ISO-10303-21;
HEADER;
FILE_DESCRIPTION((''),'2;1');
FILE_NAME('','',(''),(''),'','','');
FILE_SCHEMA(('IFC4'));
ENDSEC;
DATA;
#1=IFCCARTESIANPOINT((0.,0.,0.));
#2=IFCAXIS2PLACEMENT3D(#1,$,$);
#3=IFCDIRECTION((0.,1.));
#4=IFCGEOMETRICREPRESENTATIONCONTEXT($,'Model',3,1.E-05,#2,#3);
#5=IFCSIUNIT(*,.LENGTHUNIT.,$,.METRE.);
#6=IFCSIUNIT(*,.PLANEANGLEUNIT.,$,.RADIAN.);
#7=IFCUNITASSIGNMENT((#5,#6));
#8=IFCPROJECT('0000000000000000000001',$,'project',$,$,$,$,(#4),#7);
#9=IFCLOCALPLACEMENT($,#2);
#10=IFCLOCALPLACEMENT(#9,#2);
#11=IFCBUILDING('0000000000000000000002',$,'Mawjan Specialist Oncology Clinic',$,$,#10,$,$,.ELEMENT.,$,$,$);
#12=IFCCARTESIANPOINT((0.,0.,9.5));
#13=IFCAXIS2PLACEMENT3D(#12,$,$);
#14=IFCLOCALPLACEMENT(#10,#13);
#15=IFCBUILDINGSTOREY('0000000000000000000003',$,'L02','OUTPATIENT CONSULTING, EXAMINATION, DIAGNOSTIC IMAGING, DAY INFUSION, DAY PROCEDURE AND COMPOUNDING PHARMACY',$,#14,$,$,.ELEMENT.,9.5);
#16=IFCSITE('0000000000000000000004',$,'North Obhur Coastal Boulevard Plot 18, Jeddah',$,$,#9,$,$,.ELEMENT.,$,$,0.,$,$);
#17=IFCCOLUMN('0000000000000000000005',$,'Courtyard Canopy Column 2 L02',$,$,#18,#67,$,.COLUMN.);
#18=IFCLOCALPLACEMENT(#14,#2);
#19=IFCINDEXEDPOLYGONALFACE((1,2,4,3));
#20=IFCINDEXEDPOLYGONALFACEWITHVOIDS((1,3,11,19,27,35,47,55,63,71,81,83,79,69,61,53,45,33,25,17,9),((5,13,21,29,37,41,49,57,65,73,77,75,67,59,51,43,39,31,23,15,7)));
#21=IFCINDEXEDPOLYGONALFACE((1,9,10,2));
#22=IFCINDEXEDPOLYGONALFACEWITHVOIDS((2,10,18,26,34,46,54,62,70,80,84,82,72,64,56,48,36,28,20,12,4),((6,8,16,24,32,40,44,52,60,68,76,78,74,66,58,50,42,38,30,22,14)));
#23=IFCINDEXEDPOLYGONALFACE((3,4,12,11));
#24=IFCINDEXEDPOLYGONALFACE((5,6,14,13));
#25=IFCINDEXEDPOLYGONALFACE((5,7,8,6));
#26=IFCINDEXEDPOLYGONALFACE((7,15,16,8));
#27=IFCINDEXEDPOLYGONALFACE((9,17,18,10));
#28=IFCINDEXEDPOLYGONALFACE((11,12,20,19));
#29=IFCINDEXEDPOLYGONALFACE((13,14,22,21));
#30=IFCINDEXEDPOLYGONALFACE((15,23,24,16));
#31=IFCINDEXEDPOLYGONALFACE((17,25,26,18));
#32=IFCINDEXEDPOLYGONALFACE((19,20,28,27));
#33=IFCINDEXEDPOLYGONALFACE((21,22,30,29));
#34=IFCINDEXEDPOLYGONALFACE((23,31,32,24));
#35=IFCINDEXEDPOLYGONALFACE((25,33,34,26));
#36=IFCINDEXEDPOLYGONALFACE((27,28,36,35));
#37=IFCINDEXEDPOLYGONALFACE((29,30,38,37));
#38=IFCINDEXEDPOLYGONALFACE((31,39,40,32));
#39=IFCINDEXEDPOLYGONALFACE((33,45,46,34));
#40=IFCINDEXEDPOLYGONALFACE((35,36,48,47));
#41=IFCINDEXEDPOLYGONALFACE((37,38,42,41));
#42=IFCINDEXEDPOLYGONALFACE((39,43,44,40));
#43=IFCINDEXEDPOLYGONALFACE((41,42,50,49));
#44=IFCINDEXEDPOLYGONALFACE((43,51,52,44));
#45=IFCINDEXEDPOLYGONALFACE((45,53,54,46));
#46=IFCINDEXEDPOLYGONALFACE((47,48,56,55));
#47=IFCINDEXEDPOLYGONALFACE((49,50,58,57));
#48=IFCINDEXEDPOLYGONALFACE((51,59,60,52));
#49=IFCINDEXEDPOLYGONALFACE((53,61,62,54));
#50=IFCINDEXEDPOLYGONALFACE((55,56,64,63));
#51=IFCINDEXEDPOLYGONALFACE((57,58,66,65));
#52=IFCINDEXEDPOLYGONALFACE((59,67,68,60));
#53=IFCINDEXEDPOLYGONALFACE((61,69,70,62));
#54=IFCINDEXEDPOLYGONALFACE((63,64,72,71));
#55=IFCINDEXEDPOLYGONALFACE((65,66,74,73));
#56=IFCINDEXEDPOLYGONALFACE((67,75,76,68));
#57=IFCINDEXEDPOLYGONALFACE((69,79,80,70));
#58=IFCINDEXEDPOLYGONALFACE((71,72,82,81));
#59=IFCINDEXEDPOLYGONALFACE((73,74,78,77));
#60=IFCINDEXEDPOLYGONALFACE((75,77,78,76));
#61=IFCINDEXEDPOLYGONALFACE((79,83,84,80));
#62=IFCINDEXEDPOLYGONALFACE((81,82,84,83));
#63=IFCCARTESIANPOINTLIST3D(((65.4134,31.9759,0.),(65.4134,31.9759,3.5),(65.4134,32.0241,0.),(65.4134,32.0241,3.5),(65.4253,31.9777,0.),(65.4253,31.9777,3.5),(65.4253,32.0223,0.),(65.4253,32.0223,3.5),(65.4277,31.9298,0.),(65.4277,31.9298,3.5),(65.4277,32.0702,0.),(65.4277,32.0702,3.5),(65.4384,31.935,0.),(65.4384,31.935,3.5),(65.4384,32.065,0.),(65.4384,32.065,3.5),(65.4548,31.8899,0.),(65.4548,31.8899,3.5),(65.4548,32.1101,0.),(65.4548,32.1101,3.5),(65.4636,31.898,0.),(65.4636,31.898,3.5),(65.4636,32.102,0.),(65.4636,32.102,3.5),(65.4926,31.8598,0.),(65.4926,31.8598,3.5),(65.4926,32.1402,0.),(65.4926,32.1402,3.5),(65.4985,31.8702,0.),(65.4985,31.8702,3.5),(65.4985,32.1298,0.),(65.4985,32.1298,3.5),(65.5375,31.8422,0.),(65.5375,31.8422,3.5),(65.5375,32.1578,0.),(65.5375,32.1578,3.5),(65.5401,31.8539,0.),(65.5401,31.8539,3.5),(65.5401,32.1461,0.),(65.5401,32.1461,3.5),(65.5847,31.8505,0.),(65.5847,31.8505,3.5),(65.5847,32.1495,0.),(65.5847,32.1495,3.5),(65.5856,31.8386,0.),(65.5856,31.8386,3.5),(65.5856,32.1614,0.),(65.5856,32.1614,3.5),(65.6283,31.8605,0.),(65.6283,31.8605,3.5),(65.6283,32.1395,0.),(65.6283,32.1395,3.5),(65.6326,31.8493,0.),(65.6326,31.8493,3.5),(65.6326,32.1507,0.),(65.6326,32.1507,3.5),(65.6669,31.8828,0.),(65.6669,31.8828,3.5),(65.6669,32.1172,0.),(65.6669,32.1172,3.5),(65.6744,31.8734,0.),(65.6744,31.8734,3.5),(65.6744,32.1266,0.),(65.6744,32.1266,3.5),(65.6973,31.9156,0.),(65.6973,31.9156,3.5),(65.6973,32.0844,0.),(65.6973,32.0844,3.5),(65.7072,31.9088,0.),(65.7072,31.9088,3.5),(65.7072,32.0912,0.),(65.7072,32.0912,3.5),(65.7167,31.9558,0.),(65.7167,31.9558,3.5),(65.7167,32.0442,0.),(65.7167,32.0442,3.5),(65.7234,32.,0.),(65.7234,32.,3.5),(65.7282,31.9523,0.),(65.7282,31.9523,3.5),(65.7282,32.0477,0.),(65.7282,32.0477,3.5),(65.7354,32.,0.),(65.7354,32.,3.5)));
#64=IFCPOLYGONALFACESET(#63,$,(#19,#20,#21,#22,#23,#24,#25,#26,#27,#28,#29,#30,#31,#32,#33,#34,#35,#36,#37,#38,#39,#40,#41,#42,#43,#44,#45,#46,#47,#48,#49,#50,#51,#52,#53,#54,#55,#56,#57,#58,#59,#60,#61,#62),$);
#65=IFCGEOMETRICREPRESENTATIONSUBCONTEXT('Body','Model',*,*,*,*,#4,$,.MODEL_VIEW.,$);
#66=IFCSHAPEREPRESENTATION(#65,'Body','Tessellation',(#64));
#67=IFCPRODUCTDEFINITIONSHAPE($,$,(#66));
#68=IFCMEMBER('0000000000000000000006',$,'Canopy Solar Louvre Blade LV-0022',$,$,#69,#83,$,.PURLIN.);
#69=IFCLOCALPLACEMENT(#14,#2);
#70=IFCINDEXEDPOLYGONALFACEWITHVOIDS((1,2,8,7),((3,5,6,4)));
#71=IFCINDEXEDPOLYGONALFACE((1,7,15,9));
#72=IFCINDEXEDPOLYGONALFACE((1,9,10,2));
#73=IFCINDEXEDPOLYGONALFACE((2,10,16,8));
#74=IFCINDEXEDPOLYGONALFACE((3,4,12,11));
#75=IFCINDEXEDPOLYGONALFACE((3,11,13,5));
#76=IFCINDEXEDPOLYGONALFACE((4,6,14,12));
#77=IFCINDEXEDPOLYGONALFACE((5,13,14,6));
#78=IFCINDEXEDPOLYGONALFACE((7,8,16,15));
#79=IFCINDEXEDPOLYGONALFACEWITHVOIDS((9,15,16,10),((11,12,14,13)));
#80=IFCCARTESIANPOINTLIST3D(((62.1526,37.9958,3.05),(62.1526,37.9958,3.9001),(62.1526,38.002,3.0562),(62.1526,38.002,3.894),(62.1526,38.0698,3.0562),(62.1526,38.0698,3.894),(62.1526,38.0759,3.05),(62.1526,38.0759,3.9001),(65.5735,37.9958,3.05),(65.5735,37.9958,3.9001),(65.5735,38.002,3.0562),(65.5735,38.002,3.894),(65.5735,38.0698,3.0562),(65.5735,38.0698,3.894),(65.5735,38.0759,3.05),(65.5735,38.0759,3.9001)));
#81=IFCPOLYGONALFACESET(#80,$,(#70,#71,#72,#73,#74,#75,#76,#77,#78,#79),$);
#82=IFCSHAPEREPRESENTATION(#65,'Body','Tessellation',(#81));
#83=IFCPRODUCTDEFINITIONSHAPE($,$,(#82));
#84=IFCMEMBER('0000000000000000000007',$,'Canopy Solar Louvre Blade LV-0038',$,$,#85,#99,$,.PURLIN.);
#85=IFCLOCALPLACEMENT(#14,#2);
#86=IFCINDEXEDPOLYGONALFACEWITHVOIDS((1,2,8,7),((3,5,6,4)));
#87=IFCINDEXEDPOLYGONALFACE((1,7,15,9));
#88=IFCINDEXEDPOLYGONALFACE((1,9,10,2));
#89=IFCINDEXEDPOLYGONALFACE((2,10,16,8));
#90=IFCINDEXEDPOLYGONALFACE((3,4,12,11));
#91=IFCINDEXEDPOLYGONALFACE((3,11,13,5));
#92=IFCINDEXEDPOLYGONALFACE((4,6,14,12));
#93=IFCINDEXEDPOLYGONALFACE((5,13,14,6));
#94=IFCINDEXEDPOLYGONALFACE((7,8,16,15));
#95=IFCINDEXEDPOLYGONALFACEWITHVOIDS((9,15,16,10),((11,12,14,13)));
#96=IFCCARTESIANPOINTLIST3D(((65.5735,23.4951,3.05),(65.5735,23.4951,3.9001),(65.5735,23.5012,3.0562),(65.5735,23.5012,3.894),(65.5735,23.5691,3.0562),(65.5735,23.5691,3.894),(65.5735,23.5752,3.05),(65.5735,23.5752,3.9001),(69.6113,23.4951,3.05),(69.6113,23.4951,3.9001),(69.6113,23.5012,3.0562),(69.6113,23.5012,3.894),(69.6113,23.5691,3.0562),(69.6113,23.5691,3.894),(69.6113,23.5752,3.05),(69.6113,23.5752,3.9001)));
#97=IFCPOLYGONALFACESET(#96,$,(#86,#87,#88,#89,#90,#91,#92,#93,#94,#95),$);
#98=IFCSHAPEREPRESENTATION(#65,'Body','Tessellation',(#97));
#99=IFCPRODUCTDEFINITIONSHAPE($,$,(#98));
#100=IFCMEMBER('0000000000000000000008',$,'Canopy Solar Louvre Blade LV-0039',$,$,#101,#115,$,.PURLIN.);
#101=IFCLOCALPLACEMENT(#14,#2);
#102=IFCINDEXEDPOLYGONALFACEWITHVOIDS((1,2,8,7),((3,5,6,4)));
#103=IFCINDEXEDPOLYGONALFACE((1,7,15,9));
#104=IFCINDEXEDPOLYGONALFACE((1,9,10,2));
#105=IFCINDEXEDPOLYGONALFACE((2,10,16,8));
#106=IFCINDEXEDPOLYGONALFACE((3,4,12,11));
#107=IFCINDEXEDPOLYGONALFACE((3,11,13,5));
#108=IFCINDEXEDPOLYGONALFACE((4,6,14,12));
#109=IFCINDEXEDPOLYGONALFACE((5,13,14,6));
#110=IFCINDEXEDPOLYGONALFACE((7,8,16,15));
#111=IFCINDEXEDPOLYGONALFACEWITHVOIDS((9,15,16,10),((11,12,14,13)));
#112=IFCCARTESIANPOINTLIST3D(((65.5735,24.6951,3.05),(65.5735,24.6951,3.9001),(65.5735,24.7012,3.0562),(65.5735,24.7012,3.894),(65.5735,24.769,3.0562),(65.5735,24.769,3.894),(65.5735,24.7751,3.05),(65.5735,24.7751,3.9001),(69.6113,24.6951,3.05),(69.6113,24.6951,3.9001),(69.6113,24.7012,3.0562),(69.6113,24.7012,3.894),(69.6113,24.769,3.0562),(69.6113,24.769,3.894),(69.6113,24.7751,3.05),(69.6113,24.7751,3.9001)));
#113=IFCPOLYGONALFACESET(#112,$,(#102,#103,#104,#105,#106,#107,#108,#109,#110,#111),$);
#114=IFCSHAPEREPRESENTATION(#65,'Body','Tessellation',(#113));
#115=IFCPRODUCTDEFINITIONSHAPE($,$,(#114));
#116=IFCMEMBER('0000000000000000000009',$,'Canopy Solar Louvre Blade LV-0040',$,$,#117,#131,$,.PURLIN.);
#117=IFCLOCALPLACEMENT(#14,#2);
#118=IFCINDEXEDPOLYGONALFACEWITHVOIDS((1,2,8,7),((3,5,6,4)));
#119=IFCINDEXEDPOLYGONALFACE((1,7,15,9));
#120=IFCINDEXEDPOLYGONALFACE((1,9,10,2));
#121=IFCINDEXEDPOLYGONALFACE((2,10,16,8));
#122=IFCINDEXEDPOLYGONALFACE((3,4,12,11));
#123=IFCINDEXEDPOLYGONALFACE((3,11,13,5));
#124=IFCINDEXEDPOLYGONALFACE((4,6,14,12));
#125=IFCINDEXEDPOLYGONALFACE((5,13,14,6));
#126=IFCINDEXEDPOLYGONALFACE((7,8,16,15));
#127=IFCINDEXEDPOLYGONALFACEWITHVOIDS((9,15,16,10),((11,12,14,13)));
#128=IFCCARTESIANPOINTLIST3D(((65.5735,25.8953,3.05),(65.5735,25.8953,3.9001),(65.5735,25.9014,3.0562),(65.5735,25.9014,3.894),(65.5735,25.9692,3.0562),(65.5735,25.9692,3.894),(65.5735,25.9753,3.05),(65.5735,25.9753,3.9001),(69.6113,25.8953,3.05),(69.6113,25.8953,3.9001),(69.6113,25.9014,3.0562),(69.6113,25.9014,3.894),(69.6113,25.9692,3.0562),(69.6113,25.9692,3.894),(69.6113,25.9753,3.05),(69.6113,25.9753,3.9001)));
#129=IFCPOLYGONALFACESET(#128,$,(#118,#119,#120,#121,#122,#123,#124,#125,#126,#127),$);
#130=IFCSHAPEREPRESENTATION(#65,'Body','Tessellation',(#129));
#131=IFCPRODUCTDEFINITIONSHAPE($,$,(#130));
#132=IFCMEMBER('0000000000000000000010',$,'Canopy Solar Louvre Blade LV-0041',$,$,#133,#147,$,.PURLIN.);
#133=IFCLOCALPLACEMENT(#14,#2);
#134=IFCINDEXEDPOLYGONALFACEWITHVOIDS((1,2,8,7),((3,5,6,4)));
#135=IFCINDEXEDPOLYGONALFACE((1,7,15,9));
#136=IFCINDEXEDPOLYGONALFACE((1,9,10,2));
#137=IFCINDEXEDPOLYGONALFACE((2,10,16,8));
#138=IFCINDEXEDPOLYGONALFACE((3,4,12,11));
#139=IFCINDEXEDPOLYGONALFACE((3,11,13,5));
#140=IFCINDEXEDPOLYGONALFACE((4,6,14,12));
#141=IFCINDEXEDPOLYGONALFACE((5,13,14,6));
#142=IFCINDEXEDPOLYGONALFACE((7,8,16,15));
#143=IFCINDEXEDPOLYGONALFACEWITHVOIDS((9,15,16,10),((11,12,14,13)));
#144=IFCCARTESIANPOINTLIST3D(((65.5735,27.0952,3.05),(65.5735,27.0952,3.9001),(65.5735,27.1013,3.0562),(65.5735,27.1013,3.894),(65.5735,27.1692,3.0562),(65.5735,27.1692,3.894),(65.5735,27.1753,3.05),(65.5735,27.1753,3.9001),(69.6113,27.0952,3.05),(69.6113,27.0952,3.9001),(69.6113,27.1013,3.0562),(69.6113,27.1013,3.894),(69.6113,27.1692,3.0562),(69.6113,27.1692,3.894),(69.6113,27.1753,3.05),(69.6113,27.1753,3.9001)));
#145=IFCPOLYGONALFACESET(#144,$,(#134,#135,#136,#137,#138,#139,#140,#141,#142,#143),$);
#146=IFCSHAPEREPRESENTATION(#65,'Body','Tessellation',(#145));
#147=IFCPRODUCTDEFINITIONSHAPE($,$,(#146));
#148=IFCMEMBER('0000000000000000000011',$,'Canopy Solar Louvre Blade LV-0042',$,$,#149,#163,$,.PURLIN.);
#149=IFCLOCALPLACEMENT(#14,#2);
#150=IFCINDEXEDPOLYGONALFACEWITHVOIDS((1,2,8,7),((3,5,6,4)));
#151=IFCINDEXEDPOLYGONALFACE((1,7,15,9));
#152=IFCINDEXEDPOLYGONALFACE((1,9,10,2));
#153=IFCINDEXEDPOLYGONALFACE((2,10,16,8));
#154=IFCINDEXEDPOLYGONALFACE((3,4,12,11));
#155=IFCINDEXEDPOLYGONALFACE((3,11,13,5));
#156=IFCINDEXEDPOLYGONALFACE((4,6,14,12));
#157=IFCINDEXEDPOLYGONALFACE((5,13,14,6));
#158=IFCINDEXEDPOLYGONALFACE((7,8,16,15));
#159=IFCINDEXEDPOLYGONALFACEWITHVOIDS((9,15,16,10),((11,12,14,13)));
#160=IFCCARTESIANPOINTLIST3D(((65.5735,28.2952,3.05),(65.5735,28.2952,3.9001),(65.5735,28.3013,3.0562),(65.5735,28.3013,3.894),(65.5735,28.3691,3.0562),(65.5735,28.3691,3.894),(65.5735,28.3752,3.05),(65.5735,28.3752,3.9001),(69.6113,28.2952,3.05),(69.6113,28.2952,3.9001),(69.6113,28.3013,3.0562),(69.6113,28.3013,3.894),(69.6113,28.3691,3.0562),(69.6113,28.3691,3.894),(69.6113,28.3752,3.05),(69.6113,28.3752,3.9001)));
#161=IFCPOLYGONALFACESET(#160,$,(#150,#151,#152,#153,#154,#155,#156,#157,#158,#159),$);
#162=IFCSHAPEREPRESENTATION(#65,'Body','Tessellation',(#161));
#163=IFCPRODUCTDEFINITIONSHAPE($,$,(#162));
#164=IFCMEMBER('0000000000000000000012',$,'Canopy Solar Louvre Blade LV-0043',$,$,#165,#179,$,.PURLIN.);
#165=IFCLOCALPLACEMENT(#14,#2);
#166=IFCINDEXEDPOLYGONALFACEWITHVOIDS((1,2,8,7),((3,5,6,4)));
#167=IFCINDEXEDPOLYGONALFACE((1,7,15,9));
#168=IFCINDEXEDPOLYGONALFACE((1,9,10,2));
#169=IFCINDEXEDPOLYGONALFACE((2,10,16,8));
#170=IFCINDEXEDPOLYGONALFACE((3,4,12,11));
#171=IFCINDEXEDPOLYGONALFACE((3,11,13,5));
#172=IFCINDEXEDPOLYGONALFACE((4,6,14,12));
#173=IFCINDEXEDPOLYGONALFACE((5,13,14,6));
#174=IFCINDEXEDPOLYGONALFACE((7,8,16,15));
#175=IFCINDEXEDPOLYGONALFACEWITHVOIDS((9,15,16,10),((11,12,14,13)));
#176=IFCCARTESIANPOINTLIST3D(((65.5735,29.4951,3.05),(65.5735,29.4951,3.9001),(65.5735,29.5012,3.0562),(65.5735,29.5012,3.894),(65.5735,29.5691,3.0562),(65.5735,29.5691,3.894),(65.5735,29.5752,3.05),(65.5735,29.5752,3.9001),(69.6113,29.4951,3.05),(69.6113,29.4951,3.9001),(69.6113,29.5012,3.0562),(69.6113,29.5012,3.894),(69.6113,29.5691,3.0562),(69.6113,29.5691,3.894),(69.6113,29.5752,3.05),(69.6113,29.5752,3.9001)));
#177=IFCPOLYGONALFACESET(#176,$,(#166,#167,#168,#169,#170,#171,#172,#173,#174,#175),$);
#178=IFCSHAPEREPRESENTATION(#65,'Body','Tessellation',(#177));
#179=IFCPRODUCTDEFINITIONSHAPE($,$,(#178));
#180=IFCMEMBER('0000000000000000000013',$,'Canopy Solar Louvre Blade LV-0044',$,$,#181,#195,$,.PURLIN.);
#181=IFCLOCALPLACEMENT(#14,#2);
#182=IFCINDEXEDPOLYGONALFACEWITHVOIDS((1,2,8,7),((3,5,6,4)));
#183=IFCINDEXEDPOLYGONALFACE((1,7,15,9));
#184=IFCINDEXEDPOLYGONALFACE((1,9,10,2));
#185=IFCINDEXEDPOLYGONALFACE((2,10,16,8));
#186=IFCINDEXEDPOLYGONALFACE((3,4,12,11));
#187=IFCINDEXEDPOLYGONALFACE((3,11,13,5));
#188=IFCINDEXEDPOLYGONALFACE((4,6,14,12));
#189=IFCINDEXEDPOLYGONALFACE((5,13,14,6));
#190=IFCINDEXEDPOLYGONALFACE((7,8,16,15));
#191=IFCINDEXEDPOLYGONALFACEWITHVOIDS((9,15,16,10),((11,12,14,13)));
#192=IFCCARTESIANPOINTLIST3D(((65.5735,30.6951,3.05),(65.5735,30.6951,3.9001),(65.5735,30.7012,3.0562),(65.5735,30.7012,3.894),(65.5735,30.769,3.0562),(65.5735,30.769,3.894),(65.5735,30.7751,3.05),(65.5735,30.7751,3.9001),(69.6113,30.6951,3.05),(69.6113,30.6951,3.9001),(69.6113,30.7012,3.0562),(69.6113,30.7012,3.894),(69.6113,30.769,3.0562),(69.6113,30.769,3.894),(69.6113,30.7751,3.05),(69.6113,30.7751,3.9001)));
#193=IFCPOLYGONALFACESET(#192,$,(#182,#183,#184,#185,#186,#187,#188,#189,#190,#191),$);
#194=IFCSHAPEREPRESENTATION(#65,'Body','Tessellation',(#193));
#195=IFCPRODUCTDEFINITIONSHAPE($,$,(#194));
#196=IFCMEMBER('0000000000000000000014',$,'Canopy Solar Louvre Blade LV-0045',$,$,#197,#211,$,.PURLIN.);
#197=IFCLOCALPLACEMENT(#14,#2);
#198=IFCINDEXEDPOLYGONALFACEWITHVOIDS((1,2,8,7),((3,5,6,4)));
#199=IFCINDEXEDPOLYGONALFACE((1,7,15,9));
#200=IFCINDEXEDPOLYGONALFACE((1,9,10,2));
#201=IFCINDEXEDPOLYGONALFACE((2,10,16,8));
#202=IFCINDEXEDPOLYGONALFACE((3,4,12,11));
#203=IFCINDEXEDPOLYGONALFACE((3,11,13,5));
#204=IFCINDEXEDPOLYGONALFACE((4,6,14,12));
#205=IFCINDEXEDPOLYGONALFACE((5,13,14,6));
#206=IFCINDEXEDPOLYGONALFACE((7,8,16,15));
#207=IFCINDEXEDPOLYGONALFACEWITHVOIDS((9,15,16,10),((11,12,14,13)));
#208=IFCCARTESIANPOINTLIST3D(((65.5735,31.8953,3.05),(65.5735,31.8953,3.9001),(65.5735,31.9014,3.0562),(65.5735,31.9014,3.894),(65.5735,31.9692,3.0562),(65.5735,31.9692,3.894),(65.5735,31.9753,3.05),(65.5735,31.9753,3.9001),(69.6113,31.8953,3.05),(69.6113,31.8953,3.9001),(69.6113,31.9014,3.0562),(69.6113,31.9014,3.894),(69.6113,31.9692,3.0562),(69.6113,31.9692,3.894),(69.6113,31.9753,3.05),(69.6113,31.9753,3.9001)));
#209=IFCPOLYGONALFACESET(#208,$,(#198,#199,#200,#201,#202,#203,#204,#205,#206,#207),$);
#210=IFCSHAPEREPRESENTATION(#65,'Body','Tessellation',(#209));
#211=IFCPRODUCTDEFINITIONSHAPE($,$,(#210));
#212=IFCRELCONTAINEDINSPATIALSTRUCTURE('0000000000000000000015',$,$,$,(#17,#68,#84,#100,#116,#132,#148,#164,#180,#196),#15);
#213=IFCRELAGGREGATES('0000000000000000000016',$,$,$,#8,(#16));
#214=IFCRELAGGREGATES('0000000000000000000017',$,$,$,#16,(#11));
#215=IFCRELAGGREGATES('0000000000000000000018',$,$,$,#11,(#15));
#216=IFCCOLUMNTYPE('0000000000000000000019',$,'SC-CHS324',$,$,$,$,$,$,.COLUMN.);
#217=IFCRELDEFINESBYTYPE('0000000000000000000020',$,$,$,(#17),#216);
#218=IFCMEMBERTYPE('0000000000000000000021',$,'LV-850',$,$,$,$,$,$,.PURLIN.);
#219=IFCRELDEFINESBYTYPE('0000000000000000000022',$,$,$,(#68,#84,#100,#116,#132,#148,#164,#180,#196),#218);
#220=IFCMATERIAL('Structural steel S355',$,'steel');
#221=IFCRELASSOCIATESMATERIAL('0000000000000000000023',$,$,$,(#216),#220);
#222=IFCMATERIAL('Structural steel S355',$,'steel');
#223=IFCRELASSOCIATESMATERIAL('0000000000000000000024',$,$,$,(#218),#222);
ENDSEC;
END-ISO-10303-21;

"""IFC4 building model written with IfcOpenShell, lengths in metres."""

from ifc_helpers import new_model, si_unit, direction, frame, origin, origin_2d, place, context, subcontext, project, spatial, hollow_rectangle, hollow_circle, extrude, material, material_profile, profile_set, type_object, element, save


model = new_model("IFC4")

# Units and contexts
model_context = context("Model", 3, precision=1e-05, world=origin(), true_north=direction((0.0, 1.0)))
body_context = subcontext(model_context, "Body", "Model", "MODEL_VIEW")
ifc_project = project(units=[si_unit("LENGTHUNIT", "METRE"), si_unit("PLANEANGLEUNIT", "RADIAN")], contexts=[model_context])

# Site, building, storey
site_placement = place(None, origin())
site = spatial("IfcSite", under=ifc_project, at=site_placement, Name="North Obhur Coastal Boulevard Plot 18, Jeddah", CompositionType="ELEMENT", RefElevation=0.0)
building_placement = place(site_placement, origin())
building = spatial("IfcBuilding", under=site, at=building_placement, Name="Mawjan Specialist Oncology Clinic", CompositionType="ELEMENT")
storey_placement = place(building_placement, frame((0.0, 0.0, 9.5)))
storey = spatial("IfcBuildingStorey", under=building, at=storey_placement, Name="L02", Description="OUTPATIENT CONSULTING, EXAMINATION, DIAGNOSTIC IMAGING, DAY INFUSION, DAY PROCEDURE AND COMPOUNDING PHARMACY", CompositionType="ELEMENT", Elevation=9.5)

# Column
ifc_material_1 = material(Name="Structural steel S355", Category="steel")
ifc_material_profile_1 = material_profile(ifc_material_1, hollow_circle(Radius=0.1619, WallThickness=0.012, at=origin_2d()), Name="CHS 323.9x12", Category="steel")
ifc_profile_set_1 = profile_set([ifc_material_profile_1], Name="Structural steel S355")
column_type = type_object("IfcColumnType", Name="SC-CHS324", PredefinedType="COLUMN", material=ifc_profile_set_1)
column_placement = place(storey_placement, frame((65.5735, 32.0, 0.0), z_axis=(0.0, 0.0, 1.0), x_axis=(1.0, 0.0, 0.0)))
element("IfcColumn", 1, at=column_placement, inside=storey, type_object=column_type, Name="Courtyard Canopy Column 2 L02", PredefinedType="COLUMN", context=body_context, shape_type="SweptSolid", body=[
    extrude(hollow_circle(Radius=0.1619, WallThickness=0.012, at=origin_2d()), origin(), (0.0, 0.0, 1.0), 3.5),
])

# Members
ifc_material_2 = material(Name="Structural steel S355", Category="steel")
ifc_material_profile_2 = material_profile(ifc_material_2, hollow_rectangle(XDim=0.0801, YDim=0.8501, WallThickness=0.0061, at=origin_2d()), Name="LOUVRE 850x80x6", Category="steel")
ifc_profile_set_2 = profile_set([ifc_material_profile_2], Name="Structural steel S355")
member_type = type_object("IfcMemberType", Name="LV-850", PredefinedType="PURLIN", material=ifc_profile_set_2)
member_placement = place(storey_placement, frame((62.1526, 38.0359, 3.4751), z_axis=(1.0, 0.0, 0.0), x_axis=(0.0, 1.0, 0.0)))
element("IfcMember", 2, at=member_placement, inside=storey, type_object=member_type, Name="Canopy Solar Louvre Blade LV-0022", PredefinedType="PURLIN", context=body_context, shape_type="SweptSolid", body=[
    extrude(hollow_rectangle(XDim=0.0801, YDim=0.8501, WallThickness=0.0061, at=origin_2d()), origin(), (0.0, 0.0, 1.0), 3.4209),
])
for number, where, z_axis, x_axis, name in (
    (3, (65.5735, 23.5352, 3.4751), (1.0, 0.0, 0.0), (0.0, 1.0, 0.0), "Canopy Solar Louvre Blade LV-0038"),
    (4, (65.5735, 24.7351, 3.4751), (1.0, 0.0, 0.0), (0.0, 1.0, 0.0), "Canopy Solar Louvre Blade LV-0039"),
    (5, (65.5735, 25.9353, 3.4751), (1.0, 0.0, 0.0), (0.0, 1.0, 0.0), "Canopy Solar Louvre Blade LV-0040"),
    (6, (65.5735, 27.1353, 3.4751), (1.0, 0.0, 0.0), (0.0, 1.0, 0.0), "Canopy Solar Louvre Blade LV-0041"),
    (7, (65.5735, 28.3352, 3.4751), (1.0, 0.0, 0.0), (0.0, 1.0, 0.0), "Canopy Solar Louvre Blade LV-0042"),
    (8, (65.5735, 29.5352, 3.4751), (1.0, 0.0, 0.0), (0.0, 1.0, 0.0), "Canopy Solar Louvre Blade LV-0043"),
    (9, (65.5735, 30.7351, 3.4751), (1.0, 0.0, 0.0), (0.0, 1.0, 0.0), "Canopy Solar Louvre Blade LV-0044"),
    (10, (65.5735, 31.9353, 3.4751), (1.0, 0.0, 0.0), (0.0, 1.0, 0.0), "Canopy Solar Louvre Blade LV-0045"),
):
    element("IfcMember", number, at=place(storey_placement, frame(where, z_axis=z_axis, x_axis=x_axis)), inside=storey, type_object=member_type, Name=name, PredefinedType="PURLIN", context=body_context, shape_type="SweptSolid", body=[
        extrude(hollow_rectangle(XDim=0.0801, YDim=0.8501, WallThickness=0.0061, at=origin_2d()), origin(), (0.0, 0.0, 1.0), 4.0378),
    ])

save(model, "model.ifc")
